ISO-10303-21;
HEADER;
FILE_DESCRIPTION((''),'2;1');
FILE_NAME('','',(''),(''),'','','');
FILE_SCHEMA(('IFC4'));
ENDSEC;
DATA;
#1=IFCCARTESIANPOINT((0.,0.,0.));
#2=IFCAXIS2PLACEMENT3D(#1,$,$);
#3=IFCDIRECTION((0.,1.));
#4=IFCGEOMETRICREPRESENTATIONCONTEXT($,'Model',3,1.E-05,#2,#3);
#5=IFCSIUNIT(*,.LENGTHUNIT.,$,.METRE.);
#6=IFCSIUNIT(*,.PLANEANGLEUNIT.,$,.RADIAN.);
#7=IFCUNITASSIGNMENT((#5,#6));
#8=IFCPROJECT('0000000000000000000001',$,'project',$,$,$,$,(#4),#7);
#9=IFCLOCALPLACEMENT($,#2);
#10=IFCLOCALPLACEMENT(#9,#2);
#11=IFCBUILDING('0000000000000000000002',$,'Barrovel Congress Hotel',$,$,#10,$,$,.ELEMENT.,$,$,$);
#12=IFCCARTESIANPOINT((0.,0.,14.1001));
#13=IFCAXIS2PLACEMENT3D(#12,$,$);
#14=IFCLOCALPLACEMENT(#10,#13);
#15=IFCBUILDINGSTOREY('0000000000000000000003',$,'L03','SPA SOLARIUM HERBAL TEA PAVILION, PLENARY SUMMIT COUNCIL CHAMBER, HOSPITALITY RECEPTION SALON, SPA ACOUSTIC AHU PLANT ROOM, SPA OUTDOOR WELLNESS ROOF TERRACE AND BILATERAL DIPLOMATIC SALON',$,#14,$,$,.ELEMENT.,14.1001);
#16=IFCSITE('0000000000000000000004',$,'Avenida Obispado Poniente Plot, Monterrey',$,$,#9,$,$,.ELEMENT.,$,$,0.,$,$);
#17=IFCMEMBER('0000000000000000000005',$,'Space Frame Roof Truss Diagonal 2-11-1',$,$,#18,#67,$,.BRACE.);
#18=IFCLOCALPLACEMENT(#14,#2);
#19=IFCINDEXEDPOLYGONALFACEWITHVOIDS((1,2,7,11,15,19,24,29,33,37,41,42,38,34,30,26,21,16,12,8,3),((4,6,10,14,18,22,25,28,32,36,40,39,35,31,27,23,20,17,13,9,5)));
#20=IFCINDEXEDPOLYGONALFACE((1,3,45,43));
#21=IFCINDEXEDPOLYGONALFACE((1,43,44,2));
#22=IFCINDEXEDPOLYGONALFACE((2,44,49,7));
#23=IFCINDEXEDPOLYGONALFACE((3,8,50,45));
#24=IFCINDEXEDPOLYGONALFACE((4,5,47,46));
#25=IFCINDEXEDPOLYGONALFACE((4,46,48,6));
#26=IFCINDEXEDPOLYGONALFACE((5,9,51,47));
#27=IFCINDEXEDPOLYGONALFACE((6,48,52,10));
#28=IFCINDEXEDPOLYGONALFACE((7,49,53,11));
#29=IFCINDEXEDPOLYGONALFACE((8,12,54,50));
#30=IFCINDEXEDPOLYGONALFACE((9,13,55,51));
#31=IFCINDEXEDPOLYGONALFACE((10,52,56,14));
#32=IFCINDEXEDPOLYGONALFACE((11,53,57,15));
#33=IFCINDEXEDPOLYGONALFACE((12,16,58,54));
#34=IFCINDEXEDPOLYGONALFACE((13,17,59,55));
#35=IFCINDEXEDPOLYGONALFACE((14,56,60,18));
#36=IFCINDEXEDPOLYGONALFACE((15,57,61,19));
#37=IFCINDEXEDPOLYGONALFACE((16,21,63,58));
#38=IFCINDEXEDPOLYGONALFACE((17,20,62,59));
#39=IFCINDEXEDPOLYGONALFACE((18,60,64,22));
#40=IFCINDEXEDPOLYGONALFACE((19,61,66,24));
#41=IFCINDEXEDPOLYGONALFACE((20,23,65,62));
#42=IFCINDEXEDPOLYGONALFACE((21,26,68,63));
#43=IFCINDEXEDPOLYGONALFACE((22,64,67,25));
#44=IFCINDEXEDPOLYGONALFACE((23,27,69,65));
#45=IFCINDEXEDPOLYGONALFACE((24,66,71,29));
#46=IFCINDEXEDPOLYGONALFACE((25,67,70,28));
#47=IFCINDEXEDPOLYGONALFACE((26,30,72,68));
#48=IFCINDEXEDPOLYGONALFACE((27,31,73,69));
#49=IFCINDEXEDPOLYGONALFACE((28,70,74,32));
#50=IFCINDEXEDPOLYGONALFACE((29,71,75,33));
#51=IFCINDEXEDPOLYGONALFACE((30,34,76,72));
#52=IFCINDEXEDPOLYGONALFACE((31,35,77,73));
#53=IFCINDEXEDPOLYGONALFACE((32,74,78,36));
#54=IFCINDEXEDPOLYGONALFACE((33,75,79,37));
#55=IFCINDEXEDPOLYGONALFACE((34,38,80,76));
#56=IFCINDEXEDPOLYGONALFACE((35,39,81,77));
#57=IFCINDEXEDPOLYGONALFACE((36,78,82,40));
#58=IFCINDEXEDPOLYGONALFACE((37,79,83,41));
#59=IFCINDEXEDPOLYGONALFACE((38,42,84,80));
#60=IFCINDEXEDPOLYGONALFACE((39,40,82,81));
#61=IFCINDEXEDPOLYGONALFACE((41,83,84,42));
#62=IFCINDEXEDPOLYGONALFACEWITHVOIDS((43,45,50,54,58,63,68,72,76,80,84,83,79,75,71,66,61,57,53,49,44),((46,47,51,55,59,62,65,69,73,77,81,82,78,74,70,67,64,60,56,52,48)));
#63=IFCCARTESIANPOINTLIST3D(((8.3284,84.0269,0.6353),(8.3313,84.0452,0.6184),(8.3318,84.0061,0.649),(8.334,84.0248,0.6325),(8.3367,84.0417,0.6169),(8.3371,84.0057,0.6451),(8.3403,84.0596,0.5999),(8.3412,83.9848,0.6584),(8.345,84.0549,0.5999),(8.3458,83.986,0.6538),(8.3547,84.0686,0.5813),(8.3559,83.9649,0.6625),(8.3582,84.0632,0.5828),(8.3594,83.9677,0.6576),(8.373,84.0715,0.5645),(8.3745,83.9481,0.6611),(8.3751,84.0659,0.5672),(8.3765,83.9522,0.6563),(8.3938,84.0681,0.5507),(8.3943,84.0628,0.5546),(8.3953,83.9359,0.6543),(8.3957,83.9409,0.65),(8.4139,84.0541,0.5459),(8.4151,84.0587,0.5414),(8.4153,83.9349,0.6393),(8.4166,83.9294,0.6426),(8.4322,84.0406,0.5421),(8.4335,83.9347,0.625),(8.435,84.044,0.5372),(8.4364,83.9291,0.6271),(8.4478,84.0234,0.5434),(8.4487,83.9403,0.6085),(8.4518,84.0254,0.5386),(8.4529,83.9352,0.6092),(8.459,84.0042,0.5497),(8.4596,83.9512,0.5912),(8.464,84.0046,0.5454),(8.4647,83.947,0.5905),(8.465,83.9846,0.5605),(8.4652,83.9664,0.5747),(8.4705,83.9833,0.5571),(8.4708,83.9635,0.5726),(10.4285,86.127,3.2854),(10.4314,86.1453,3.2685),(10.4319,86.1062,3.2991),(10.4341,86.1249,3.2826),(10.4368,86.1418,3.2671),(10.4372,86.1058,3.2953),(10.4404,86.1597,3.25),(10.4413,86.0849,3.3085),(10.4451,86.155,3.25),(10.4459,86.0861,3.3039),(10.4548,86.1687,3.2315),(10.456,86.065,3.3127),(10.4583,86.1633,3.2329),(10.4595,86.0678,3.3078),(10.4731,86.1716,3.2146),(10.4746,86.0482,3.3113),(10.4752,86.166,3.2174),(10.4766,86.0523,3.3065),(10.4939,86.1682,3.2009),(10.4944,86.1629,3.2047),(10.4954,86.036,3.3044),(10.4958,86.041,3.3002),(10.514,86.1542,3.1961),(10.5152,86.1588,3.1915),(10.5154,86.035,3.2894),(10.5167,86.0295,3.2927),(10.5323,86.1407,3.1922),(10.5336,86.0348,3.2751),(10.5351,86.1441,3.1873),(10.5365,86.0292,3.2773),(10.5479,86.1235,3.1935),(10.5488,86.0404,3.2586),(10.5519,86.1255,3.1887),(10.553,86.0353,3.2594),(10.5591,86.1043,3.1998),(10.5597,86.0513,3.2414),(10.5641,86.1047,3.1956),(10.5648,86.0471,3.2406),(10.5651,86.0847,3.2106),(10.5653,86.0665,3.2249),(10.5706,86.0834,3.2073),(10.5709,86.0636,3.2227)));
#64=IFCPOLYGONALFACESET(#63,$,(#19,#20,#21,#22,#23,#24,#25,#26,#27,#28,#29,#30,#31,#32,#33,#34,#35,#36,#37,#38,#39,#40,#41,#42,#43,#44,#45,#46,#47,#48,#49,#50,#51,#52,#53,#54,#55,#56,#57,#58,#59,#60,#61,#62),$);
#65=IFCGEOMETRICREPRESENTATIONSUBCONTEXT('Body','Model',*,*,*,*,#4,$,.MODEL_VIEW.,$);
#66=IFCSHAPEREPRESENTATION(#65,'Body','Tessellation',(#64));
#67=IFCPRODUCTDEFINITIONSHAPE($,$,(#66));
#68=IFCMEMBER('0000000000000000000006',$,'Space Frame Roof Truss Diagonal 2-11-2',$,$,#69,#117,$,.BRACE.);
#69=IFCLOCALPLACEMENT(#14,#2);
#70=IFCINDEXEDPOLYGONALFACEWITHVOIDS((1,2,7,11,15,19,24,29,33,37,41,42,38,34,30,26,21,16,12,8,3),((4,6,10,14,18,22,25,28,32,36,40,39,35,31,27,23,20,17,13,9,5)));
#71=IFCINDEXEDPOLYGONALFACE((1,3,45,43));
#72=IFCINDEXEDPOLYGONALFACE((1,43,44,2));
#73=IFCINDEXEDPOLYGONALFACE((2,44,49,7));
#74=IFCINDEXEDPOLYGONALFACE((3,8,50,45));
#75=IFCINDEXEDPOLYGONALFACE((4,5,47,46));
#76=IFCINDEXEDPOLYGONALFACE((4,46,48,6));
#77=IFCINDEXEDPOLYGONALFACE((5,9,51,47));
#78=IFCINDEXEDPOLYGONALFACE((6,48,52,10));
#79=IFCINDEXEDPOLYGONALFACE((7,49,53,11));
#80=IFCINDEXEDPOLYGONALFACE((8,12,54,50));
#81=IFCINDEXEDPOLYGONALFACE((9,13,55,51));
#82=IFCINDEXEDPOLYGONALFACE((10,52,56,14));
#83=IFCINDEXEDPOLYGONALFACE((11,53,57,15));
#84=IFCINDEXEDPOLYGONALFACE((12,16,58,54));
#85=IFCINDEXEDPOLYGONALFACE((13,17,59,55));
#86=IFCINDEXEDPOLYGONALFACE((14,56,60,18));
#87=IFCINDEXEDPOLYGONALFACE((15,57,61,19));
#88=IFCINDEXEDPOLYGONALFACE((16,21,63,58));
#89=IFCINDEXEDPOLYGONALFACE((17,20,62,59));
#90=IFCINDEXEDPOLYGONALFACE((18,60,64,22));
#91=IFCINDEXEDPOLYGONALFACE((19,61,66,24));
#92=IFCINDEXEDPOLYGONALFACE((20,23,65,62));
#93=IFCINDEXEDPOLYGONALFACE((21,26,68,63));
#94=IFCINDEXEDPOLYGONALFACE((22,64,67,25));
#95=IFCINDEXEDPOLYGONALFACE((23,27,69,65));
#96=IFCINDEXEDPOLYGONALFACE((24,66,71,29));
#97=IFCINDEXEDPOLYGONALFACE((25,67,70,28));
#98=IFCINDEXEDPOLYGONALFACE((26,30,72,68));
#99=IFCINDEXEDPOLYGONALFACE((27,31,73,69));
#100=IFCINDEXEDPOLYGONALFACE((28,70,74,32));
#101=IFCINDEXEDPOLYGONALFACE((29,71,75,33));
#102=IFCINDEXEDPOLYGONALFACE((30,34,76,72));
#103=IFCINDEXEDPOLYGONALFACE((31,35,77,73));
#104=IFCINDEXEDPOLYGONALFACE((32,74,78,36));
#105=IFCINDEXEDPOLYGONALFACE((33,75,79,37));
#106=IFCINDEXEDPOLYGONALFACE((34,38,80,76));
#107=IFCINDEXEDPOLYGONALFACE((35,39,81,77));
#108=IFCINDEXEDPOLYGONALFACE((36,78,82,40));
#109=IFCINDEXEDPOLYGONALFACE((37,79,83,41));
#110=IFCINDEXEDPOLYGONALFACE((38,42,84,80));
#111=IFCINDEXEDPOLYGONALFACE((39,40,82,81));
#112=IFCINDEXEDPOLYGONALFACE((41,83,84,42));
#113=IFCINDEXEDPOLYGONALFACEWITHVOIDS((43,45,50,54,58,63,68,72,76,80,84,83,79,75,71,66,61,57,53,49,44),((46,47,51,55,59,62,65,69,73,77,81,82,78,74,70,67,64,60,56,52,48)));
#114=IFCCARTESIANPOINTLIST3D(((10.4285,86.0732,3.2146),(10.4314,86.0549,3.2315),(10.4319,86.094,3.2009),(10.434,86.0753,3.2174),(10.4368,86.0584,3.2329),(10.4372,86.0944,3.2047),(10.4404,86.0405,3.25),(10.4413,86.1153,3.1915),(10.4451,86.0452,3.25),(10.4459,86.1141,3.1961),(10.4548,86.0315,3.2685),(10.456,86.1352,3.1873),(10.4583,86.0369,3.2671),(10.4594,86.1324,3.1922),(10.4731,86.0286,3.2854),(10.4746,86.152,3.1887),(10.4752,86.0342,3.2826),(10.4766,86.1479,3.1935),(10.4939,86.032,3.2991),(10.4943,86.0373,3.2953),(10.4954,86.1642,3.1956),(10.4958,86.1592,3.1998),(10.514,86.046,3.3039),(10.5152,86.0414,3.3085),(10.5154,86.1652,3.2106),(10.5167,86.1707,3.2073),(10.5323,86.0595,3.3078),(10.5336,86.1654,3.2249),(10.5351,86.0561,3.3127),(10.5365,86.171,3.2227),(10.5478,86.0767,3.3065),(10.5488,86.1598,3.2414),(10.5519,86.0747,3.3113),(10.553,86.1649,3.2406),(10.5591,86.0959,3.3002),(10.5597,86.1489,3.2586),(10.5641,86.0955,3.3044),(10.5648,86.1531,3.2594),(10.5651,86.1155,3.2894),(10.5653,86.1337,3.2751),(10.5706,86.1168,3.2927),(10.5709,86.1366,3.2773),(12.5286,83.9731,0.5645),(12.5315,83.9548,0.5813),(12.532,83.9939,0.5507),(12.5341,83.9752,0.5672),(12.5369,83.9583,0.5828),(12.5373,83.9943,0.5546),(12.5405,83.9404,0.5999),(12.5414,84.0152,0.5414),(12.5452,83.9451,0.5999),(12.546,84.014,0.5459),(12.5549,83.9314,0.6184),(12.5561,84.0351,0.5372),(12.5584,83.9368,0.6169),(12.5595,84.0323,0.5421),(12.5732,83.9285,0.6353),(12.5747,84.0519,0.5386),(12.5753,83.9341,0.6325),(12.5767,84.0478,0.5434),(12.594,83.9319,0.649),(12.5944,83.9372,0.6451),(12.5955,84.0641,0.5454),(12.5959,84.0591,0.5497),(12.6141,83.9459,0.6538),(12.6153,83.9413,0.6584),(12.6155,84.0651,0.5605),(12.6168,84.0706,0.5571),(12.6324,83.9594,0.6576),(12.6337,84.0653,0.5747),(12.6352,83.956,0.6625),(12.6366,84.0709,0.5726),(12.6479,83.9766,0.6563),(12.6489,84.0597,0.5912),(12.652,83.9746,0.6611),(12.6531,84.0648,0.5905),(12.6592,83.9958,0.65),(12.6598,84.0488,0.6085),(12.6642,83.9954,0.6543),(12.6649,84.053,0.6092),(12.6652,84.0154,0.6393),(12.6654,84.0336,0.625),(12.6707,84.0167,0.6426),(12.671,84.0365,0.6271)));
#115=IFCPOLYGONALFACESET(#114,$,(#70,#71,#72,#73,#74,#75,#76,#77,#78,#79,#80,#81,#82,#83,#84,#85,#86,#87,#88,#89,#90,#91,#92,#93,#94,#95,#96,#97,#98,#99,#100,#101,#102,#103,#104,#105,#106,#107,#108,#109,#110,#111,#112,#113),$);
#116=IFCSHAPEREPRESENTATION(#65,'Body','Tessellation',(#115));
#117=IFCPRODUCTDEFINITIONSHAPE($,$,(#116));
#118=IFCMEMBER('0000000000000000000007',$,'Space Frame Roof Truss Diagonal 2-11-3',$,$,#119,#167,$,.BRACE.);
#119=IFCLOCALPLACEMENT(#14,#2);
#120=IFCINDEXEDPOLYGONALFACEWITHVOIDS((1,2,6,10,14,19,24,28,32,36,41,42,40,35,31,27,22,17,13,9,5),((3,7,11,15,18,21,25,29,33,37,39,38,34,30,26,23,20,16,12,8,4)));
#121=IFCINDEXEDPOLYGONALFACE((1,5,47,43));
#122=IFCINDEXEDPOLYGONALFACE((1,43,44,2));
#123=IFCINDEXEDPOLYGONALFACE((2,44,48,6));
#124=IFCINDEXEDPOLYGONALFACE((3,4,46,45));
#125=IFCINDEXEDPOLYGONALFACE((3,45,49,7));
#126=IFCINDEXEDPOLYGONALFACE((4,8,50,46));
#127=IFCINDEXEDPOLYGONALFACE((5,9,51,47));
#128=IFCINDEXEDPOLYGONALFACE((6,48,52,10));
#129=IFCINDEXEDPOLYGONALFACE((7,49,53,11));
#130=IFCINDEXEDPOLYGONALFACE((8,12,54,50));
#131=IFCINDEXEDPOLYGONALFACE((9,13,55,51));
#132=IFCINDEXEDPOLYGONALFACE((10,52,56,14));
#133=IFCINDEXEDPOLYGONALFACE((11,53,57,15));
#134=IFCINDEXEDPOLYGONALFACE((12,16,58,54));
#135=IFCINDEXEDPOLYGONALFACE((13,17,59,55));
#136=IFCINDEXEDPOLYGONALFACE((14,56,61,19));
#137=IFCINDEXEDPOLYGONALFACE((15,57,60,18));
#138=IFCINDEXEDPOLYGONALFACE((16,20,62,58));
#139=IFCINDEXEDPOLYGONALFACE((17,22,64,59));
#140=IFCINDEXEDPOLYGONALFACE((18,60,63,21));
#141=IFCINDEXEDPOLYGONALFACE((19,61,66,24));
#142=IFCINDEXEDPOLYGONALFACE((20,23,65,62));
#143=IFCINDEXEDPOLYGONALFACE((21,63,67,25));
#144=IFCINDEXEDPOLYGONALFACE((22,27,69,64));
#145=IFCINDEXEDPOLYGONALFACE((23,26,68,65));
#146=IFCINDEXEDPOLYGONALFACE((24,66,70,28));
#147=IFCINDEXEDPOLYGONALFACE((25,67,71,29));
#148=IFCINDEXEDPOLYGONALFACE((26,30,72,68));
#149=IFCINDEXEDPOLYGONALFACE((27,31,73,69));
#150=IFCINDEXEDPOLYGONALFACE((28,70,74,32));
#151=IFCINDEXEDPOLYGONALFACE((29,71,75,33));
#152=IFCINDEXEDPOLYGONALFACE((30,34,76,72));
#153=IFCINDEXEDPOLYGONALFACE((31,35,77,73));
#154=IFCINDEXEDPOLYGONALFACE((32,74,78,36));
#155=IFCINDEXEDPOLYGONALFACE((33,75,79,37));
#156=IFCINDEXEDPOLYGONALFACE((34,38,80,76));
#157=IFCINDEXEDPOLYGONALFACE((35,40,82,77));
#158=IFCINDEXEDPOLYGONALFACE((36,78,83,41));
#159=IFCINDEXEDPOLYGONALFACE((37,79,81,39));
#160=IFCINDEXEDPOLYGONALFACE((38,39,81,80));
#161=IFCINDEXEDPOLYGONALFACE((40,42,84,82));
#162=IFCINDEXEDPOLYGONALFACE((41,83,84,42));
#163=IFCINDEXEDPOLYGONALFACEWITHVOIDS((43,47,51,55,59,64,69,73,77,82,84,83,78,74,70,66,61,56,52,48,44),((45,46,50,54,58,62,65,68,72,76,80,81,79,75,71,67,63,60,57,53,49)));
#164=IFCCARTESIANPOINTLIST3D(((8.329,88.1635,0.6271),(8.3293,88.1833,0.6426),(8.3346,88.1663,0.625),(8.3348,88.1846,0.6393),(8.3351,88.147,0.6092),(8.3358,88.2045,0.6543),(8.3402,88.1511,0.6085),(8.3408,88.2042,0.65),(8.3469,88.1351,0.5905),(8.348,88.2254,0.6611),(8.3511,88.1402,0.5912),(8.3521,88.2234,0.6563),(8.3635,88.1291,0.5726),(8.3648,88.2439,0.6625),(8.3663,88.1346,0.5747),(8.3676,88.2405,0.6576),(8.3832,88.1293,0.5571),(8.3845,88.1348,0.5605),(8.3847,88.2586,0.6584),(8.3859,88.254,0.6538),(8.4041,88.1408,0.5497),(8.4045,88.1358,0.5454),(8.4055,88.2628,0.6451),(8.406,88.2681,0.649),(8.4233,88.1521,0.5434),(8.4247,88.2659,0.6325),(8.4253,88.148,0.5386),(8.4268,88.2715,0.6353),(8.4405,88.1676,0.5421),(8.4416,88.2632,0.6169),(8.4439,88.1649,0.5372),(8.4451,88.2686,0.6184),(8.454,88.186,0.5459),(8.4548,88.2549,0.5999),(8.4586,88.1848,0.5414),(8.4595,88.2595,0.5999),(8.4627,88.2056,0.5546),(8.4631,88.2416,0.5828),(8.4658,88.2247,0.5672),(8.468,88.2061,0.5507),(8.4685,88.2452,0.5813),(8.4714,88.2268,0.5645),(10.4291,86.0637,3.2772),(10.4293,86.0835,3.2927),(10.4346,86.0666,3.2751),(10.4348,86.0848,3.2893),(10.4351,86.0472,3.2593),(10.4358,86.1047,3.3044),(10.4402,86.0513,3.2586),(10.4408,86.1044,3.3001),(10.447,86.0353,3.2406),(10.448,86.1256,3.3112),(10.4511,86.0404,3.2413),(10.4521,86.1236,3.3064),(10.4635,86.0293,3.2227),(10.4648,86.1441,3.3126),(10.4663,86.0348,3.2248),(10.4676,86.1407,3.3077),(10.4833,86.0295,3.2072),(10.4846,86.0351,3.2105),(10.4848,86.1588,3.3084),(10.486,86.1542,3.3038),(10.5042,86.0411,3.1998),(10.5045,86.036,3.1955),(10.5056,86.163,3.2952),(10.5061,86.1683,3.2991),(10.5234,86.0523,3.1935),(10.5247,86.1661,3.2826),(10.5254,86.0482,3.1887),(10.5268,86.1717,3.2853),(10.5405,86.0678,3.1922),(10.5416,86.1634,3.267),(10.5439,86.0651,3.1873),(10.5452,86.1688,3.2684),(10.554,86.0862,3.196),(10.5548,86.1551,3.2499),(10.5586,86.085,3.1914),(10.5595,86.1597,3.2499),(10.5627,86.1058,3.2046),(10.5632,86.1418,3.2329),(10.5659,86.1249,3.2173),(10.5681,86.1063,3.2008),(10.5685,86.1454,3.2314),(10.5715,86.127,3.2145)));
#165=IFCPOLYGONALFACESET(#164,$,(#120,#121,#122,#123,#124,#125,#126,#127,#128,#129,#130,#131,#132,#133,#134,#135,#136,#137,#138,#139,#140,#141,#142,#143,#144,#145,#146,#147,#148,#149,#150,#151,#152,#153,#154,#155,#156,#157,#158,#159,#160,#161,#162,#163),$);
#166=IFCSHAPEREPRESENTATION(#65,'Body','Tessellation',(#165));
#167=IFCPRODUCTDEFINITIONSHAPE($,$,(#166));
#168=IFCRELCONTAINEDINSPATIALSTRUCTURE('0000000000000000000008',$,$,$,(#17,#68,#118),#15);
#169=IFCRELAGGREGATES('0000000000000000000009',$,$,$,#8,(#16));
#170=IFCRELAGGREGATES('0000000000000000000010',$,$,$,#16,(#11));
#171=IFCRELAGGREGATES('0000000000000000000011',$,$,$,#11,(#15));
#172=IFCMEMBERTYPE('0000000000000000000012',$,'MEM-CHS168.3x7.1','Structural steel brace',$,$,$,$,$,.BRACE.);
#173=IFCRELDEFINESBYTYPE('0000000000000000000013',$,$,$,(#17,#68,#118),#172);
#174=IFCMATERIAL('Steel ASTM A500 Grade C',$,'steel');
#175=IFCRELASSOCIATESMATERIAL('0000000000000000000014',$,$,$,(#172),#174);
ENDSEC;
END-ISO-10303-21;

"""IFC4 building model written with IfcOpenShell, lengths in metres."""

from ifc_helpers import new_model, si_unit, direction, frame, origin, origin_2d, place, context, subcontext, project, spatial, hollow_circle, extrude, material, material_profile, profile_set, type_object, element, save


model = new_model("IFC4")

# Units and contexts
model_context = context("Model", 3, precision=1e-05, world=origin(), true_north=direction((0.0, 1.0)))
body_context = subcontext(model_context, "Body", "Model", "MODEL_VIEW")
ifc_project = project(units=[si_unit("LENGTHUNIT", "METRE"), si_unit("PLANEANGLEUNIT", "RADIAN")], contexts=[model_context])

# Site, building, storey
site_placement = place(None, origin())
site = spatial("IfcSite", under=ifc_project, at=site_placement, Name="Avenida Obispado Poniente Plot, Monterrey", CompositionType="ELEMENT", RefElevation=0.0)
building_placement = place(site_placement, origin())
building = spatial("IfcBuilding", under=site, at=building_placement, Name="Barrovel Congress Hotel", CompositionType="ELEMENT")
storey_placement = place(building_placement, frame((0.0, 0.0, 14.1001)))
storey = spatial("IfcBuildingStorey", under=building, at=storey_placement, Name="L03", Description="SPA SOLARIUM HERBAL TEA PAVILION, PLENARY SUMMIT COUNCIL CHAMBER, HOSPITALITY RECEPTION SALON, SPA ACOUSTIC AHU PLANT ROOM, SPA OUTDOOR WELLNESS ROOF TERRACE AND BILATERAL DIPLOMATIC SALON", CompositionType="ELEMENT", Elevation=14.1001)

# Members
ifc_material_1 = material(Name="Steel ASTM A500 Grade C", Category="steel")
ifc_material_profile_1 = material_profile(ifc_material_1, hollow_circle(Radius=0.0842, WallThickness=0.0066, at=origin_2d()), Name="CHS168.3x7.1")
ifc_profile_set_1 = profile_set([ifc_material_profile_1], Name="Steel ASTM A500 Grade C")
member_type_1 = type_object("IfcMemberType", Name="MEM-CHS168.3x7.1", Description="Structural steel brace", PredefinedType="BRACE", material=ifc_profile_set_1)
for number, where, z_axis, x_axis, name in (
    (1, (8.3999, 84.0, 0.5999), (0.527601, 0.527601, 0.665788), (-0.707107, 0.707107, 0.0), "Space Frame Roof Truss Diagonal 2-11-1"),
    (2, (12.6001, 84.0, 0.5999), (-0.527601, 0.527601, 0.665788), (-0.707107, -0.707107, 0.0), "Space Frame Roof Truss Diagonal 2-11-2"),
):
    element("IfcMember", number, at=place(storey_placement, frame(where, z_axis=z_axis, x_axis=x_axis)), inside=storey, type_object=member_type_1, Name=name, PredefinedType="BRACE", context=body_context, shape_type="SweptSolid", body=[
        extrude(hollow_circle(Radius=0.0842, WallThickness=0.0066, at=origin_2d()), origin(), (0.0, 0.0, 1.0), 3.9805),
    ])
for number, where, z_axis, x_axis, name in (
    (3, (8.3999, 88.2, 0.5999), (0.527618, -0.527557, 0.66581), (0.707066, 0.707148, 0.0), "Space Frame Roof Truss Diagonal 2-11-3"),
):
    element("IfcMember", number, at=place(storey_placement, frame(where, z_axis=z_axis, x_axis=x_axis)), inside=storey, type_object=member_type_1, Name=name, PredefinedType="BRACE", context=body_context, shape_type="SweptSolid", body=[
        extrude(hollow_circle(Radius=0.0842, WallThickness=0.0066, at=origin_2d()), origin(), (0.0, 0.0, 1.0), 3.9802),
    ])

save(model, "model.ifc")
